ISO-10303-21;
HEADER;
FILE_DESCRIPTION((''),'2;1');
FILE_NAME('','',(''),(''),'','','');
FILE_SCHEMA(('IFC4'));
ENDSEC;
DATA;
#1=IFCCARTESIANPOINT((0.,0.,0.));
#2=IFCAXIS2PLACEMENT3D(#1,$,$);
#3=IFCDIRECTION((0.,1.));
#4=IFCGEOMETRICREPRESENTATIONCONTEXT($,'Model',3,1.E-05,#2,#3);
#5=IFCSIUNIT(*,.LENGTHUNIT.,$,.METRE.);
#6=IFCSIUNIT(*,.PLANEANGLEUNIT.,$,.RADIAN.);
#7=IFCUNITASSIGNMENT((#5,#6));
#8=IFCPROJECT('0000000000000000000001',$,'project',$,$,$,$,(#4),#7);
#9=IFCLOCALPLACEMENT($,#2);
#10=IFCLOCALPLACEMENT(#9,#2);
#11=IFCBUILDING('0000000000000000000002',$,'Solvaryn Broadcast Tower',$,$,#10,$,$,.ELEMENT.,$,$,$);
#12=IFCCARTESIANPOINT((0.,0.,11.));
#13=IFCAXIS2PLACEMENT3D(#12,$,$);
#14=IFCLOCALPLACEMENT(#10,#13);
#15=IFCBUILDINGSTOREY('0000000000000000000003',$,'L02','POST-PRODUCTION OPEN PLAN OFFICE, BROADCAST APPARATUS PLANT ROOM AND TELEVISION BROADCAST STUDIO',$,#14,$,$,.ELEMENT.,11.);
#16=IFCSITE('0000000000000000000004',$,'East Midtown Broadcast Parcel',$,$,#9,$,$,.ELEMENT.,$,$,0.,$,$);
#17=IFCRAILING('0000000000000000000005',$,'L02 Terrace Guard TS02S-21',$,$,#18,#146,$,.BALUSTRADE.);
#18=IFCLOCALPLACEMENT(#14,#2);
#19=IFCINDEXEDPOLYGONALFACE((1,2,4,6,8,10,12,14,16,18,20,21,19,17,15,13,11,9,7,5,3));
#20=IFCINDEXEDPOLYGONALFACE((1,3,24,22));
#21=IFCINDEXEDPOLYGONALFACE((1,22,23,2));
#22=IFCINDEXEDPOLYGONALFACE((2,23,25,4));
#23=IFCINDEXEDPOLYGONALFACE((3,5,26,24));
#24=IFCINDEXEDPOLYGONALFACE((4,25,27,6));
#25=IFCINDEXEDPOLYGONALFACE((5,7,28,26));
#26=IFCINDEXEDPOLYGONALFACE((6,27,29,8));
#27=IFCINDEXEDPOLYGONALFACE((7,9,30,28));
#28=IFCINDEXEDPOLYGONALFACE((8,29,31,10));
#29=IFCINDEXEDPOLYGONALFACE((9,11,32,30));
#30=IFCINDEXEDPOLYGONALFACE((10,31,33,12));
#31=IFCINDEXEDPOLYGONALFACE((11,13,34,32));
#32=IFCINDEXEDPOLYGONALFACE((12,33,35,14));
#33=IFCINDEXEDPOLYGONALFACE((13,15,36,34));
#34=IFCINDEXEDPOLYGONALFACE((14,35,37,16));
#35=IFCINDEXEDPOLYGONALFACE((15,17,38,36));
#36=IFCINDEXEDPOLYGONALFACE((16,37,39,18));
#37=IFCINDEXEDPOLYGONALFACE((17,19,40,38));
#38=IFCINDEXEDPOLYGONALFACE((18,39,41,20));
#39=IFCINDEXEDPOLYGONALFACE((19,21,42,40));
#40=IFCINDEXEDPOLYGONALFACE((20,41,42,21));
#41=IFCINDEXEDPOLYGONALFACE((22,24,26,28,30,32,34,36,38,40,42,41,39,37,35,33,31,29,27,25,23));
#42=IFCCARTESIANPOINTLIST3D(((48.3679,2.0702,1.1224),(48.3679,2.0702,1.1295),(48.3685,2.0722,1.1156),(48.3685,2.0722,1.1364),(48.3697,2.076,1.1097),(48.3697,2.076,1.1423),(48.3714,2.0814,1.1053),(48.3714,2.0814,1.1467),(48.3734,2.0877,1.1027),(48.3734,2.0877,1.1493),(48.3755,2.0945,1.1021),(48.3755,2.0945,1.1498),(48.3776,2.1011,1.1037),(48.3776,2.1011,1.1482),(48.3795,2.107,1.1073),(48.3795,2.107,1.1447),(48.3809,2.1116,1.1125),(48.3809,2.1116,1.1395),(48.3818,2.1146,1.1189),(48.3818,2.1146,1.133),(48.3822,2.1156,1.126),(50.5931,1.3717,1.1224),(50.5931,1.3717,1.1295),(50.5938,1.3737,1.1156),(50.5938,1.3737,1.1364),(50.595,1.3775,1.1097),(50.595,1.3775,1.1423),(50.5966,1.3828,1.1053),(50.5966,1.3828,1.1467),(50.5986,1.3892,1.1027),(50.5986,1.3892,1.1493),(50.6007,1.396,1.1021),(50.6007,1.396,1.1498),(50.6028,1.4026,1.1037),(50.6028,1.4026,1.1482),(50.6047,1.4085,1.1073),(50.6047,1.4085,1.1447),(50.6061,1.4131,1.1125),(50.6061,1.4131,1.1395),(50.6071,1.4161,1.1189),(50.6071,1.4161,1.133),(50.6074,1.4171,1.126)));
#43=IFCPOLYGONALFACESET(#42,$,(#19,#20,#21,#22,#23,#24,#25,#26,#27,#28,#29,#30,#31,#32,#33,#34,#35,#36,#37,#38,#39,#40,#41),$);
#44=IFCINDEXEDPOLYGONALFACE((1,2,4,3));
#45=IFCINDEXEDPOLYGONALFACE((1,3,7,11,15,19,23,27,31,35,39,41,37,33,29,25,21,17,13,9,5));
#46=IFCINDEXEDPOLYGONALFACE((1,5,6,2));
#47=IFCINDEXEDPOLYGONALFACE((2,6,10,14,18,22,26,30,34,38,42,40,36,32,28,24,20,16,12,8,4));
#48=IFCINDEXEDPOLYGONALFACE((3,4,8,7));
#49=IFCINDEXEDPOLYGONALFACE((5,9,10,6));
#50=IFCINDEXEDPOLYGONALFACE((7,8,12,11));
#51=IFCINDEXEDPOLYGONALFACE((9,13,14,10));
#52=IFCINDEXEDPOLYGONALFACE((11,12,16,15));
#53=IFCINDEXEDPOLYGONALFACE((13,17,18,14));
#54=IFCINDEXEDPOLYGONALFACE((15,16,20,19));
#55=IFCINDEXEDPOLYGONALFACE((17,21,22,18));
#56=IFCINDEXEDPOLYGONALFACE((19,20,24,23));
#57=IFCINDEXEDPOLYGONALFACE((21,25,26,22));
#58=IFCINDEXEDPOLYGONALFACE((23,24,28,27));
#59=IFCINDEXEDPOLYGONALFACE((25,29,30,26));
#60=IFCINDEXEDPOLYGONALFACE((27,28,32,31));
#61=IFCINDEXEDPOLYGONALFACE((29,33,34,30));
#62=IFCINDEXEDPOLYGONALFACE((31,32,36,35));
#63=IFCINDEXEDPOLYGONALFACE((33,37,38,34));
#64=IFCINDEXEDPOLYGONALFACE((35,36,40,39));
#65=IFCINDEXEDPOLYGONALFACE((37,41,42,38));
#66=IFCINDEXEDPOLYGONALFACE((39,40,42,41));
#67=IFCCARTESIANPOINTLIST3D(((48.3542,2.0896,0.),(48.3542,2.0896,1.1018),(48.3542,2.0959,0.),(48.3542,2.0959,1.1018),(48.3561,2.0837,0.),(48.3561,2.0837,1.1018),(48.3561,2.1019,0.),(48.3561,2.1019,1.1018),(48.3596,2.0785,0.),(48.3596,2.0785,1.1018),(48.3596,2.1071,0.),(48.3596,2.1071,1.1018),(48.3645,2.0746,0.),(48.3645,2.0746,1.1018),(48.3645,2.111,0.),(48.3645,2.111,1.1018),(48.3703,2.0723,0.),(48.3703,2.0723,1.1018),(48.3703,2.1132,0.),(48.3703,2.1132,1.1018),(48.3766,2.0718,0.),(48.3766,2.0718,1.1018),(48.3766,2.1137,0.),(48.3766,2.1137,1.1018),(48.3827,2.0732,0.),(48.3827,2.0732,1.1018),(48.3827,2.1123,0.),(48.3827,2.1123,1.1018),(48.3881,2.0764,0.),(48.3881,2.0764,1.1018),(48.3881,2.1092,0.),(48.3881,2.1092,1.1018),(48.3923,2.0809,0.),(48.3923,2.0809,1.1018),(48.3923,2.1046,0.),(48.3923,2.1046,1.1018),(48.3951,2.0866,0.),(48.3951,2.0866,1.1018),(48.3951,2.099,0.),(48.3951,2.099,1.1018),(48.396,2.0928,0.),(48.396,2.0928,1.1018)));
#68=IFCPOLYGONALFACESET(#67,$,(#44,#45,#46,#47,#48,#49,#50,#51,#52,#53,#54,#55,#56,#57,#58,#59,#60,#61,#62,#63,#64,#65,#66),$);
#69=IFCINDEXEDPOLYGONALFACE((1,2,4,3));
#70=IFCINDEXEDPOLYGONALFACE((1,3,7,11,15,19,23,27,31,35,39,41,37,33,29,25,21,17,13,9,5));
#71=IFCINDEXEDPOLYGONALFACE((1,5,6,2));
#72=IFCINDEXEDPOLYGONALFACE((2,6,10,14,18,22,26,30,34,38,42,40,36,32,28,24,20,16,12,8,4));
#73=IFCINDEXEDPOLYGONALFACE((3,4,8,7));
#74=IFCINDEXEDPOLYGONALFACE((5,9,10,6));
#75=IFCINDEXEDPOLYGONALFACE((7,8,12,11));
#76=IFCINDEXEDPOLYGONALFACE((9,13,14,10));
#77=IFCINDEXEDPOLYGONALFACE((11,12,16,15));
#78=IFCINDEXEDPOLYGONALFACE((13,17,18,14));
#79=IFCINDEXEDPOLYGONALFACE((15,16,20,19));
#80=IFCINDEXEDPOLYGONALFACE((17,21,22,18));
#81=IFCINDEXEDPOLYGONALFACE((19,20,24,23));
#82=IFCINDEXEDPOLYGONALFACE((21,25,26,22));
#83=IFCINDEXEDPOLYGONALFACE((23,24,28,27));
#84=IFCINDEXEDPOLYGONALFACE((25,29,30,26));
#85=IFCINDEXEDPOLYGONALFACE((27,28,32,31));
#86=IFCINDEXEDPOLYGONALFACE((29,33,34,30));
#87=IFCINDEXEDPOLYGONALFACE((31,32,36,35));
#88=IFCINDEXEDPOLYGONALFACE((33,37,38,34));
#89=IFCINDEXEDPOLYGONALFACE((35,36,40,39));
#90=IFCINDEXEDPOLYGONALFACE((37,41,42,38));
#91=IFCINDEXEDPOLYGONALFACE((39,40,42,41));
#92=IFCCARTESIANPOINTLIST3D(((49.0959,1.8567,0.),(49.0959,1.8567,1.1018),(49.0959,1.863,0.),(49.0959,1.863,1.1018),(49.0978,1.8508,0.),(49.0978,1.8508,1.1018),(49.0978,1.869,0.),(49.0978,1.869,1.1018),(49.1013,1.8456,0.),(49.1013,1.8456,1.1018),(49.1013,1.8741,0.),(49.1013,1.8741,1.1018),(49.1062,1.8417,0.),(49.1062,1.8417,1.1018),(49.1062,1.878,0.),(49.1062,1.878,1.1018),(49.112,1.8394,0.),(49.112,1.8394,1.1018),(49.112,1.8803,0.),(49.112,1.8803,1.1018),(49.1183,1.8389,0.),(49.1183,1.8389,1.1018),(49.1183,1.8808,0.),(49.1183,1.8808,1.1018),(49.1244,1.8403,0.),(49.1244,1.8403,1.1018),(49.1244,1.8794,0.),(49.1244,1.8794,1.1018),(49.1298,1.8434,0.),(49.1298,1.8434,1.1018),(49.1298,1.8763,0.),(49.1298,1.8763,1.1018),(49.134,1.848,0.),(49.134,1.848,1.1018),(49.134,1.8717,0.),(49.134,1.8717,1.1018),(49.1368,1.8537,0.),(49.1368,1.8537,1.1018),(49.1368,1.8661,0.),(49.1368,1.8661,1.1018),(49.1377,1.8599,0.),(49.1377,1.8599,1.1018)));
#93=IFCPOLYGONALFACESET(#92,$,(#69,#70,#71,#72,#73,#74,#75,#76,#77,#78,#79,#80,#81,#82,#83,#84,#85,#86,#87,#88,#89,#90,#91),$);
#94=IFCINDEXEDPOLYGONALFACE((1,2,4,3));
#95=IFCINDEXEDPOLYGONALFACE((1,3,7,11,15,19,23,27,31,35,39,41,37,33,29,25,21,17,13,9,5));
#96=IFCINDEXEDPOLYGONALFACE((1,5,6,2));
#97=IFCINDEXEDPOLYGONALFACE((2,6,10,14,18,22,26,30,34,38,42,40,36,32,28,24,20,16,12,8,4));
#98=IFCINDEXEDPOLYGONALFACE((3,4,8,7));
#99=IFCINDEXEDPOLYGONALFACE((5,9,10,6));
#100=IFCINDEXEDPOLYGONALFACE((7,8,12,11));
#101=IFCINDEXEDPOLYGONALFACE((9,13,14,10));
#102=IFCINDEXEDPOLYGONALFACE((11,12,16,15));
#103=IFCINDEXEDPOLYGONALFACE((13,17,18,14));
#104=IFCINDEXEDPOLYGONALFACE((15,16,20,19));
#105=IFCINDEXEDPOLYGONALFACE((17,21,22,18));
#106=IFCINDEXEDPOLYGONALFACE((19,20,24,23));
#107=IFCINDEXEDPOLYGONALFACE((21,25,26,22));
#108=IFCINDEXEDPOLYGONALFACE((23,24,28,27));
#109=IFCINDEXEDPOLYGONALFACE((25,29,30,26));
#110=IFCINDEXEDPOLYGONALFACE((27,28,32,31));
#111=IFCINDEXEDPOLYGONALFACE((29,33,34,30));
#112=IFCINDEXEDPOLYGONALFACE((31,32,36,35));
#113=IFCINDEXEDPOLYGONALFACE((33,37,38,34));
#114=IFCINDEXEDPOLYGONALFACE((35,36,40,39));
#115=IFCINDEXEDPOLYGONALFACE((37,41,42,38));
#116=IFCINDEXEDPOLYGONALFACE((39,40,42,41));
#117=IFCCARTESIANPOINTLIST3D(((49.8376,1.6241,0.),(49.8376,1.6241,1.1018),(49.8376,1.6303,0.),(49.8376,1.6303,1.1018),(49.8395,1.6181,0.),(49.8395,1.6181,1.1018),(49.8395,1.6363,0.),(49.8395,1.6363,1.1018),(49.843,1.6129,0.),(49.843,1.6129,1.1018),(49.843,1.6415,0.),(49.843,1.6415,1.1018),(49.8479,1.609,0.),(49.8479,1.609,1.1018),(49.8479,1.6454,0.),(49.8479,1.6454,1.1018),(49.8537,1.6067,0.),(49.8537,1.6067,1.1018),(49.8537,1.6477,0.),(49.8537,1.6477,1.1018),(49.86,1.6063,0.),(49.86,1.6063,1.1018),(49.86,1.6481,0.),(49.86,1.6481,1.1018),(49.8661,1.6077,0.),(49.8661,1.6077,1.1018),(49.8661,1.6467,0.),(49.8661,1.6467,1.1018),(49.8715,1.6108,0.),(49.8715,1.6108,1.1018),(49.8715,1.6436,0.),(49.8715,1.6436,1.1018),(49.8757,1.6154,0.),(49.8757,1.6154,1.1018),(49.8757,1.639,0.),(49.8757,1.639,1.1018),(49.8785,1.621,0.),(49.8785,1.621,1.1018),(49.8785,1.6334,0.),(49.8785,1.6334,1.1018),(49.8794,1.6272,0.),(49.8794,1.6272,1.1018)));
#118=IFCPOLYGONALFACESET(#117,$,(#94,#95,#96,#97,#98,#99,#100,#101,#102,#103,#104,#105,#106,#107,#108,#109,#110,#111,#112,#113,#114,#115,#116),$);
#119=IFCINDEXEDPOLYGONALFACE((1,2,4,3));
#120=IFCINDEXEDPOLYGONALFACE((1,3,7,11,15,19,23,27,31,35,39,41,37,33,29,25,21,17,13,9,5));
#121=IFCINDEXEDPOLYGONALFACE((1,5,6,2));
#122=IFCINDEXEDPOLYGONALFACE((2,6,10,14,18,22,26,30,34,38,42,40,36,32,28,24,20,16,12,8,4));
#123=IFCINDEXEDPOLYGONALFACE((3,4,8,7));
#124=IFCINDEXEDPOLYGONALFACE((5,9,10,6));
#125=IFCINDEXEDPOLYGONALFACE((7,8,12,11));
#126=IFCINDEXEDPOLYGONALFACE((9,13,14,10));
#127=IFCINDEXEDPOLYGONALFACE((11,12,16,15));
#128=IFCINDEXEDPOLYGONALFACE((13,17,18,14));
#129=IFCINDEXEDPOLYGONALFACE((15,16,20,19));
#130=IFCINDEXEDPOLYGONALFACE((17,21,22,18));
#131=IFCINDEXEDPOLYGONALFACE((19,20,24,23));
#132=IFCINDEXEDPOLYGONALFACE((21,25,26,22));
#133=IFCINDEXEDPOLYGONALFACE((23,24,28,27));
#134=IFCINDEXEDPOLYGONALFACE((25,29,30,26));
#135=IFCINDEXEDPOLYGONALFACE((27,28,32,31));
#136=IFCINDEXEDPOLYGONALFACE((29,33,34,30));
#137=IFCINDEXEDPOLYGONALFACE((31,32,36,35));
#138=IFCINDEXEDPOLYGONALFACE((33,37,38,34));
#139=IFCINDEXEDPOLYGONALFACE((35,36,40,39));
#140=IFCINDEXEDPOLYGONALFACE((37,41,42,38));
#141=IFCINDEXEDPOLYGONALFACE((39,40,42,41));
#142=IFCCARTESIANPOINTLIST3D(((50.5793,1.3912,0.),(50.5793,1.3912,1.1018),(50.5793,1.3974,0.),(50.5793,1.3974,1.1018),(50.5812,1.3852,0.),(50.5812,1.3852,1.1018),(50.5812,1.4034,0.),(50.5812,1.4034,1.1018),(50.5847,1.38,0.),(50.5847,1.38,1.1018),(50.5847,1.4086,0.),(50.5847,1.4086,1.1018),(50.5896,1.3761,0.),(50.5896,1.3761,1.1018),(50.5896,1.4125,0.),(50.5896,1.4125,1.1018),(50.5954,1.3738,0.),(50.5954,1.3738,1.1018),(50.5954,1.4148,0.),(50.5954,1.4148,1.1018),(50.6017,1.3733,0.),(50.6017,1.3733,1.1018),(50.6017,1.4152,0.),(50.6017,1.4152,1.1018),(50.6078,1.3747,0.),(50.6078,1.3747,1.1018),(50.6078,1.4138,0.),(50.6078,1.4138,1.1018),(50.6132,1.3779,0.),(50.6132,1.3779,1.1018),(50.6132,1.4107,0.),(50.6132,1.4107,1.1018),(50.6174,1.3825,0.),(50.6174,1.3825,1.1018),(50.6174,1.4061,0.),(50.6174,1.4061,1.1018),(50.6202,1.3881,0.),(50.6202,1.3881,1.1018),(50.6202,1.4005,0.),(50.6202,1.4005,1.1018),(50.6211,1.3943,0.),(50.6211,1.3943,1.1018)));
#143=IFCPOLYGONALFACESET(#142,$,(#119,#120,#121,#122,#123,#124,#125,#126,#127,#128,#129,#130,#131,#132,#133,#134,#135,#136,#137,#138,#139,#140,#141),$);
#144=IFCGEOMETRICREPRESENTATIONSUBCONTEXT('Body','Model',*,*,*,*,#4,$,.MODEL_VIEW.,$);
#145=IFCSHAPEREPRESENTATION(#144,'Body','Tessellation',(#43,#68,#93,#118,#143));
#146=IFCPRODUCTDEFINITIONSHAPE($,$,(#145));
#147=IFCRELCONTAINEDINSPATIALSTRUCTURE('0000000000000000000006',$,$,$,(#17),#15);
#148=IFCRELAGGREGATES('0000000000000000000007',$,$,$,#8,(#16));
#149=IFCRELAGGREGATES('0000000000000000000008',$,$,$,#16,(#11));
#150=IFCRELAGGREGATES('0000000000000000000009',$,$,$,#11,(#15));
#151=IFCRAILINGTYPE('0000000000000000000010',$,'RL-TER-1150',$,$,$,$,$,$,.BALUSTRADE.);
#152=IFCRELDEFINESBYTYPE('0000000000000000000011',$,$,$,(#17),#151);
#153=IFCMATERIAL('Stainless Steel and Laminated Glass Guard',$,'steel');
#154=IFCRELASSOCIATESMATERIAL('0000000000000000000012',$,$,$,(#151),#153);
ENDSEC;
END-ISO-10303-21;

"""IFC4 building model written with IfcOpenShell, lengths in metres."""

from ifc_helpers import new_model, si_unit, direction, frame, origin, origin_2d, place, context, subcontext, project, spatial, circle, extrude, material, type_object, element, save


model = new_model("IFC4")

# Units and contexts
model_context = context("Model", 3, precision=1e-05, world=origin(), true_north=direction((0.0, 1.0)))
body_context = subcontext(model_context, "Body", "Model", "MODEL_VIEW")
ifc_project = project(units=[si_unit("LENGTHUNIT", "METRE"), si_unit("PLANEANGLEUNIT", "RADIAN")], contexts=[model_context])

# Site, building, storey
site_placement = place(None, origin())
site = spatial("IfcSite", under=ifc_project, at=site_placement, Name="East Midtown Broadcast Parcel", CompositionType="ELEMENT", RefElevation=0.0)
building_placement = place(site_placement, origin())
building = spatial("IfcBuilding", under=site, at=building_placement, Name="Solvaryn Broadcast Tower", CompositionType="ELEMENT")
storey_placement = place(building_placement, frame((0.0, 0.0, 11.0)))
storey = spatial("IfcBuildingStorey", under=building, at=storey_placement, Name="L02", Description="POST-PRODUCTION OPEN PLAN OFFICE, BROADCAST APPARATUS PLANT ROOM AND TELEVISION BROADCAST STUDIO", CompositionType="ELEMENT", Elevation=11.0)

# Railing
ifc_material_1 = material(Name="Stainless Steel and Laminated Glass Guard", Category="steel")
railing_type = type_object("IfcRailingType", Name="RL-TER-1150", PredefinedType="BALUSTRADE", material=ifc_material_1)
railing_1_placement = place(storey_placement, frame((48.375, 2.0928, 0.0)))
element("IfcRailing", 1, at=railing_1_placement, inside=storey, type_object=railing_type, Name="L02 Terrace Guard TS02S-21", PredefinedType="BALUSTRADE", context=body_context, shape_type="SweptSolid", body=[
    extrude(circle(Radius=0.0239, at=origin_2d()), frame((0.0, 0.0, 1.126), z_axis=(0.954095, -0.299503, 0.0), x_axis=(0.299503, 0.954095, 0.0)), (0.0, 0.0, 1.0), 2.3323),
    extrude(circle(Radius=0.021, at=origin_2d()), origin(), (0.0, 0.0, 1.0), 1.1018),
    extrude(circle(Radius=0.021, at=origin_2d()), frame((0.7417, -0.2329, 0.0)), (0.0, 0.0, 1.0), 1.1018),
    extrude(circle(Radius=0.021, at=origin_2d()), frame((1.4834, -0.4656, 0.0)), (0.0, 0.0, 1.0), 1.1018),
    extrude(circle(Radius=0.021, at=origin_2d()), frame((2.2251, -0.6985, 0.0)), (0.0, 0.0, 1.0), 1.1018),
])

save(model, "model.ifc")
